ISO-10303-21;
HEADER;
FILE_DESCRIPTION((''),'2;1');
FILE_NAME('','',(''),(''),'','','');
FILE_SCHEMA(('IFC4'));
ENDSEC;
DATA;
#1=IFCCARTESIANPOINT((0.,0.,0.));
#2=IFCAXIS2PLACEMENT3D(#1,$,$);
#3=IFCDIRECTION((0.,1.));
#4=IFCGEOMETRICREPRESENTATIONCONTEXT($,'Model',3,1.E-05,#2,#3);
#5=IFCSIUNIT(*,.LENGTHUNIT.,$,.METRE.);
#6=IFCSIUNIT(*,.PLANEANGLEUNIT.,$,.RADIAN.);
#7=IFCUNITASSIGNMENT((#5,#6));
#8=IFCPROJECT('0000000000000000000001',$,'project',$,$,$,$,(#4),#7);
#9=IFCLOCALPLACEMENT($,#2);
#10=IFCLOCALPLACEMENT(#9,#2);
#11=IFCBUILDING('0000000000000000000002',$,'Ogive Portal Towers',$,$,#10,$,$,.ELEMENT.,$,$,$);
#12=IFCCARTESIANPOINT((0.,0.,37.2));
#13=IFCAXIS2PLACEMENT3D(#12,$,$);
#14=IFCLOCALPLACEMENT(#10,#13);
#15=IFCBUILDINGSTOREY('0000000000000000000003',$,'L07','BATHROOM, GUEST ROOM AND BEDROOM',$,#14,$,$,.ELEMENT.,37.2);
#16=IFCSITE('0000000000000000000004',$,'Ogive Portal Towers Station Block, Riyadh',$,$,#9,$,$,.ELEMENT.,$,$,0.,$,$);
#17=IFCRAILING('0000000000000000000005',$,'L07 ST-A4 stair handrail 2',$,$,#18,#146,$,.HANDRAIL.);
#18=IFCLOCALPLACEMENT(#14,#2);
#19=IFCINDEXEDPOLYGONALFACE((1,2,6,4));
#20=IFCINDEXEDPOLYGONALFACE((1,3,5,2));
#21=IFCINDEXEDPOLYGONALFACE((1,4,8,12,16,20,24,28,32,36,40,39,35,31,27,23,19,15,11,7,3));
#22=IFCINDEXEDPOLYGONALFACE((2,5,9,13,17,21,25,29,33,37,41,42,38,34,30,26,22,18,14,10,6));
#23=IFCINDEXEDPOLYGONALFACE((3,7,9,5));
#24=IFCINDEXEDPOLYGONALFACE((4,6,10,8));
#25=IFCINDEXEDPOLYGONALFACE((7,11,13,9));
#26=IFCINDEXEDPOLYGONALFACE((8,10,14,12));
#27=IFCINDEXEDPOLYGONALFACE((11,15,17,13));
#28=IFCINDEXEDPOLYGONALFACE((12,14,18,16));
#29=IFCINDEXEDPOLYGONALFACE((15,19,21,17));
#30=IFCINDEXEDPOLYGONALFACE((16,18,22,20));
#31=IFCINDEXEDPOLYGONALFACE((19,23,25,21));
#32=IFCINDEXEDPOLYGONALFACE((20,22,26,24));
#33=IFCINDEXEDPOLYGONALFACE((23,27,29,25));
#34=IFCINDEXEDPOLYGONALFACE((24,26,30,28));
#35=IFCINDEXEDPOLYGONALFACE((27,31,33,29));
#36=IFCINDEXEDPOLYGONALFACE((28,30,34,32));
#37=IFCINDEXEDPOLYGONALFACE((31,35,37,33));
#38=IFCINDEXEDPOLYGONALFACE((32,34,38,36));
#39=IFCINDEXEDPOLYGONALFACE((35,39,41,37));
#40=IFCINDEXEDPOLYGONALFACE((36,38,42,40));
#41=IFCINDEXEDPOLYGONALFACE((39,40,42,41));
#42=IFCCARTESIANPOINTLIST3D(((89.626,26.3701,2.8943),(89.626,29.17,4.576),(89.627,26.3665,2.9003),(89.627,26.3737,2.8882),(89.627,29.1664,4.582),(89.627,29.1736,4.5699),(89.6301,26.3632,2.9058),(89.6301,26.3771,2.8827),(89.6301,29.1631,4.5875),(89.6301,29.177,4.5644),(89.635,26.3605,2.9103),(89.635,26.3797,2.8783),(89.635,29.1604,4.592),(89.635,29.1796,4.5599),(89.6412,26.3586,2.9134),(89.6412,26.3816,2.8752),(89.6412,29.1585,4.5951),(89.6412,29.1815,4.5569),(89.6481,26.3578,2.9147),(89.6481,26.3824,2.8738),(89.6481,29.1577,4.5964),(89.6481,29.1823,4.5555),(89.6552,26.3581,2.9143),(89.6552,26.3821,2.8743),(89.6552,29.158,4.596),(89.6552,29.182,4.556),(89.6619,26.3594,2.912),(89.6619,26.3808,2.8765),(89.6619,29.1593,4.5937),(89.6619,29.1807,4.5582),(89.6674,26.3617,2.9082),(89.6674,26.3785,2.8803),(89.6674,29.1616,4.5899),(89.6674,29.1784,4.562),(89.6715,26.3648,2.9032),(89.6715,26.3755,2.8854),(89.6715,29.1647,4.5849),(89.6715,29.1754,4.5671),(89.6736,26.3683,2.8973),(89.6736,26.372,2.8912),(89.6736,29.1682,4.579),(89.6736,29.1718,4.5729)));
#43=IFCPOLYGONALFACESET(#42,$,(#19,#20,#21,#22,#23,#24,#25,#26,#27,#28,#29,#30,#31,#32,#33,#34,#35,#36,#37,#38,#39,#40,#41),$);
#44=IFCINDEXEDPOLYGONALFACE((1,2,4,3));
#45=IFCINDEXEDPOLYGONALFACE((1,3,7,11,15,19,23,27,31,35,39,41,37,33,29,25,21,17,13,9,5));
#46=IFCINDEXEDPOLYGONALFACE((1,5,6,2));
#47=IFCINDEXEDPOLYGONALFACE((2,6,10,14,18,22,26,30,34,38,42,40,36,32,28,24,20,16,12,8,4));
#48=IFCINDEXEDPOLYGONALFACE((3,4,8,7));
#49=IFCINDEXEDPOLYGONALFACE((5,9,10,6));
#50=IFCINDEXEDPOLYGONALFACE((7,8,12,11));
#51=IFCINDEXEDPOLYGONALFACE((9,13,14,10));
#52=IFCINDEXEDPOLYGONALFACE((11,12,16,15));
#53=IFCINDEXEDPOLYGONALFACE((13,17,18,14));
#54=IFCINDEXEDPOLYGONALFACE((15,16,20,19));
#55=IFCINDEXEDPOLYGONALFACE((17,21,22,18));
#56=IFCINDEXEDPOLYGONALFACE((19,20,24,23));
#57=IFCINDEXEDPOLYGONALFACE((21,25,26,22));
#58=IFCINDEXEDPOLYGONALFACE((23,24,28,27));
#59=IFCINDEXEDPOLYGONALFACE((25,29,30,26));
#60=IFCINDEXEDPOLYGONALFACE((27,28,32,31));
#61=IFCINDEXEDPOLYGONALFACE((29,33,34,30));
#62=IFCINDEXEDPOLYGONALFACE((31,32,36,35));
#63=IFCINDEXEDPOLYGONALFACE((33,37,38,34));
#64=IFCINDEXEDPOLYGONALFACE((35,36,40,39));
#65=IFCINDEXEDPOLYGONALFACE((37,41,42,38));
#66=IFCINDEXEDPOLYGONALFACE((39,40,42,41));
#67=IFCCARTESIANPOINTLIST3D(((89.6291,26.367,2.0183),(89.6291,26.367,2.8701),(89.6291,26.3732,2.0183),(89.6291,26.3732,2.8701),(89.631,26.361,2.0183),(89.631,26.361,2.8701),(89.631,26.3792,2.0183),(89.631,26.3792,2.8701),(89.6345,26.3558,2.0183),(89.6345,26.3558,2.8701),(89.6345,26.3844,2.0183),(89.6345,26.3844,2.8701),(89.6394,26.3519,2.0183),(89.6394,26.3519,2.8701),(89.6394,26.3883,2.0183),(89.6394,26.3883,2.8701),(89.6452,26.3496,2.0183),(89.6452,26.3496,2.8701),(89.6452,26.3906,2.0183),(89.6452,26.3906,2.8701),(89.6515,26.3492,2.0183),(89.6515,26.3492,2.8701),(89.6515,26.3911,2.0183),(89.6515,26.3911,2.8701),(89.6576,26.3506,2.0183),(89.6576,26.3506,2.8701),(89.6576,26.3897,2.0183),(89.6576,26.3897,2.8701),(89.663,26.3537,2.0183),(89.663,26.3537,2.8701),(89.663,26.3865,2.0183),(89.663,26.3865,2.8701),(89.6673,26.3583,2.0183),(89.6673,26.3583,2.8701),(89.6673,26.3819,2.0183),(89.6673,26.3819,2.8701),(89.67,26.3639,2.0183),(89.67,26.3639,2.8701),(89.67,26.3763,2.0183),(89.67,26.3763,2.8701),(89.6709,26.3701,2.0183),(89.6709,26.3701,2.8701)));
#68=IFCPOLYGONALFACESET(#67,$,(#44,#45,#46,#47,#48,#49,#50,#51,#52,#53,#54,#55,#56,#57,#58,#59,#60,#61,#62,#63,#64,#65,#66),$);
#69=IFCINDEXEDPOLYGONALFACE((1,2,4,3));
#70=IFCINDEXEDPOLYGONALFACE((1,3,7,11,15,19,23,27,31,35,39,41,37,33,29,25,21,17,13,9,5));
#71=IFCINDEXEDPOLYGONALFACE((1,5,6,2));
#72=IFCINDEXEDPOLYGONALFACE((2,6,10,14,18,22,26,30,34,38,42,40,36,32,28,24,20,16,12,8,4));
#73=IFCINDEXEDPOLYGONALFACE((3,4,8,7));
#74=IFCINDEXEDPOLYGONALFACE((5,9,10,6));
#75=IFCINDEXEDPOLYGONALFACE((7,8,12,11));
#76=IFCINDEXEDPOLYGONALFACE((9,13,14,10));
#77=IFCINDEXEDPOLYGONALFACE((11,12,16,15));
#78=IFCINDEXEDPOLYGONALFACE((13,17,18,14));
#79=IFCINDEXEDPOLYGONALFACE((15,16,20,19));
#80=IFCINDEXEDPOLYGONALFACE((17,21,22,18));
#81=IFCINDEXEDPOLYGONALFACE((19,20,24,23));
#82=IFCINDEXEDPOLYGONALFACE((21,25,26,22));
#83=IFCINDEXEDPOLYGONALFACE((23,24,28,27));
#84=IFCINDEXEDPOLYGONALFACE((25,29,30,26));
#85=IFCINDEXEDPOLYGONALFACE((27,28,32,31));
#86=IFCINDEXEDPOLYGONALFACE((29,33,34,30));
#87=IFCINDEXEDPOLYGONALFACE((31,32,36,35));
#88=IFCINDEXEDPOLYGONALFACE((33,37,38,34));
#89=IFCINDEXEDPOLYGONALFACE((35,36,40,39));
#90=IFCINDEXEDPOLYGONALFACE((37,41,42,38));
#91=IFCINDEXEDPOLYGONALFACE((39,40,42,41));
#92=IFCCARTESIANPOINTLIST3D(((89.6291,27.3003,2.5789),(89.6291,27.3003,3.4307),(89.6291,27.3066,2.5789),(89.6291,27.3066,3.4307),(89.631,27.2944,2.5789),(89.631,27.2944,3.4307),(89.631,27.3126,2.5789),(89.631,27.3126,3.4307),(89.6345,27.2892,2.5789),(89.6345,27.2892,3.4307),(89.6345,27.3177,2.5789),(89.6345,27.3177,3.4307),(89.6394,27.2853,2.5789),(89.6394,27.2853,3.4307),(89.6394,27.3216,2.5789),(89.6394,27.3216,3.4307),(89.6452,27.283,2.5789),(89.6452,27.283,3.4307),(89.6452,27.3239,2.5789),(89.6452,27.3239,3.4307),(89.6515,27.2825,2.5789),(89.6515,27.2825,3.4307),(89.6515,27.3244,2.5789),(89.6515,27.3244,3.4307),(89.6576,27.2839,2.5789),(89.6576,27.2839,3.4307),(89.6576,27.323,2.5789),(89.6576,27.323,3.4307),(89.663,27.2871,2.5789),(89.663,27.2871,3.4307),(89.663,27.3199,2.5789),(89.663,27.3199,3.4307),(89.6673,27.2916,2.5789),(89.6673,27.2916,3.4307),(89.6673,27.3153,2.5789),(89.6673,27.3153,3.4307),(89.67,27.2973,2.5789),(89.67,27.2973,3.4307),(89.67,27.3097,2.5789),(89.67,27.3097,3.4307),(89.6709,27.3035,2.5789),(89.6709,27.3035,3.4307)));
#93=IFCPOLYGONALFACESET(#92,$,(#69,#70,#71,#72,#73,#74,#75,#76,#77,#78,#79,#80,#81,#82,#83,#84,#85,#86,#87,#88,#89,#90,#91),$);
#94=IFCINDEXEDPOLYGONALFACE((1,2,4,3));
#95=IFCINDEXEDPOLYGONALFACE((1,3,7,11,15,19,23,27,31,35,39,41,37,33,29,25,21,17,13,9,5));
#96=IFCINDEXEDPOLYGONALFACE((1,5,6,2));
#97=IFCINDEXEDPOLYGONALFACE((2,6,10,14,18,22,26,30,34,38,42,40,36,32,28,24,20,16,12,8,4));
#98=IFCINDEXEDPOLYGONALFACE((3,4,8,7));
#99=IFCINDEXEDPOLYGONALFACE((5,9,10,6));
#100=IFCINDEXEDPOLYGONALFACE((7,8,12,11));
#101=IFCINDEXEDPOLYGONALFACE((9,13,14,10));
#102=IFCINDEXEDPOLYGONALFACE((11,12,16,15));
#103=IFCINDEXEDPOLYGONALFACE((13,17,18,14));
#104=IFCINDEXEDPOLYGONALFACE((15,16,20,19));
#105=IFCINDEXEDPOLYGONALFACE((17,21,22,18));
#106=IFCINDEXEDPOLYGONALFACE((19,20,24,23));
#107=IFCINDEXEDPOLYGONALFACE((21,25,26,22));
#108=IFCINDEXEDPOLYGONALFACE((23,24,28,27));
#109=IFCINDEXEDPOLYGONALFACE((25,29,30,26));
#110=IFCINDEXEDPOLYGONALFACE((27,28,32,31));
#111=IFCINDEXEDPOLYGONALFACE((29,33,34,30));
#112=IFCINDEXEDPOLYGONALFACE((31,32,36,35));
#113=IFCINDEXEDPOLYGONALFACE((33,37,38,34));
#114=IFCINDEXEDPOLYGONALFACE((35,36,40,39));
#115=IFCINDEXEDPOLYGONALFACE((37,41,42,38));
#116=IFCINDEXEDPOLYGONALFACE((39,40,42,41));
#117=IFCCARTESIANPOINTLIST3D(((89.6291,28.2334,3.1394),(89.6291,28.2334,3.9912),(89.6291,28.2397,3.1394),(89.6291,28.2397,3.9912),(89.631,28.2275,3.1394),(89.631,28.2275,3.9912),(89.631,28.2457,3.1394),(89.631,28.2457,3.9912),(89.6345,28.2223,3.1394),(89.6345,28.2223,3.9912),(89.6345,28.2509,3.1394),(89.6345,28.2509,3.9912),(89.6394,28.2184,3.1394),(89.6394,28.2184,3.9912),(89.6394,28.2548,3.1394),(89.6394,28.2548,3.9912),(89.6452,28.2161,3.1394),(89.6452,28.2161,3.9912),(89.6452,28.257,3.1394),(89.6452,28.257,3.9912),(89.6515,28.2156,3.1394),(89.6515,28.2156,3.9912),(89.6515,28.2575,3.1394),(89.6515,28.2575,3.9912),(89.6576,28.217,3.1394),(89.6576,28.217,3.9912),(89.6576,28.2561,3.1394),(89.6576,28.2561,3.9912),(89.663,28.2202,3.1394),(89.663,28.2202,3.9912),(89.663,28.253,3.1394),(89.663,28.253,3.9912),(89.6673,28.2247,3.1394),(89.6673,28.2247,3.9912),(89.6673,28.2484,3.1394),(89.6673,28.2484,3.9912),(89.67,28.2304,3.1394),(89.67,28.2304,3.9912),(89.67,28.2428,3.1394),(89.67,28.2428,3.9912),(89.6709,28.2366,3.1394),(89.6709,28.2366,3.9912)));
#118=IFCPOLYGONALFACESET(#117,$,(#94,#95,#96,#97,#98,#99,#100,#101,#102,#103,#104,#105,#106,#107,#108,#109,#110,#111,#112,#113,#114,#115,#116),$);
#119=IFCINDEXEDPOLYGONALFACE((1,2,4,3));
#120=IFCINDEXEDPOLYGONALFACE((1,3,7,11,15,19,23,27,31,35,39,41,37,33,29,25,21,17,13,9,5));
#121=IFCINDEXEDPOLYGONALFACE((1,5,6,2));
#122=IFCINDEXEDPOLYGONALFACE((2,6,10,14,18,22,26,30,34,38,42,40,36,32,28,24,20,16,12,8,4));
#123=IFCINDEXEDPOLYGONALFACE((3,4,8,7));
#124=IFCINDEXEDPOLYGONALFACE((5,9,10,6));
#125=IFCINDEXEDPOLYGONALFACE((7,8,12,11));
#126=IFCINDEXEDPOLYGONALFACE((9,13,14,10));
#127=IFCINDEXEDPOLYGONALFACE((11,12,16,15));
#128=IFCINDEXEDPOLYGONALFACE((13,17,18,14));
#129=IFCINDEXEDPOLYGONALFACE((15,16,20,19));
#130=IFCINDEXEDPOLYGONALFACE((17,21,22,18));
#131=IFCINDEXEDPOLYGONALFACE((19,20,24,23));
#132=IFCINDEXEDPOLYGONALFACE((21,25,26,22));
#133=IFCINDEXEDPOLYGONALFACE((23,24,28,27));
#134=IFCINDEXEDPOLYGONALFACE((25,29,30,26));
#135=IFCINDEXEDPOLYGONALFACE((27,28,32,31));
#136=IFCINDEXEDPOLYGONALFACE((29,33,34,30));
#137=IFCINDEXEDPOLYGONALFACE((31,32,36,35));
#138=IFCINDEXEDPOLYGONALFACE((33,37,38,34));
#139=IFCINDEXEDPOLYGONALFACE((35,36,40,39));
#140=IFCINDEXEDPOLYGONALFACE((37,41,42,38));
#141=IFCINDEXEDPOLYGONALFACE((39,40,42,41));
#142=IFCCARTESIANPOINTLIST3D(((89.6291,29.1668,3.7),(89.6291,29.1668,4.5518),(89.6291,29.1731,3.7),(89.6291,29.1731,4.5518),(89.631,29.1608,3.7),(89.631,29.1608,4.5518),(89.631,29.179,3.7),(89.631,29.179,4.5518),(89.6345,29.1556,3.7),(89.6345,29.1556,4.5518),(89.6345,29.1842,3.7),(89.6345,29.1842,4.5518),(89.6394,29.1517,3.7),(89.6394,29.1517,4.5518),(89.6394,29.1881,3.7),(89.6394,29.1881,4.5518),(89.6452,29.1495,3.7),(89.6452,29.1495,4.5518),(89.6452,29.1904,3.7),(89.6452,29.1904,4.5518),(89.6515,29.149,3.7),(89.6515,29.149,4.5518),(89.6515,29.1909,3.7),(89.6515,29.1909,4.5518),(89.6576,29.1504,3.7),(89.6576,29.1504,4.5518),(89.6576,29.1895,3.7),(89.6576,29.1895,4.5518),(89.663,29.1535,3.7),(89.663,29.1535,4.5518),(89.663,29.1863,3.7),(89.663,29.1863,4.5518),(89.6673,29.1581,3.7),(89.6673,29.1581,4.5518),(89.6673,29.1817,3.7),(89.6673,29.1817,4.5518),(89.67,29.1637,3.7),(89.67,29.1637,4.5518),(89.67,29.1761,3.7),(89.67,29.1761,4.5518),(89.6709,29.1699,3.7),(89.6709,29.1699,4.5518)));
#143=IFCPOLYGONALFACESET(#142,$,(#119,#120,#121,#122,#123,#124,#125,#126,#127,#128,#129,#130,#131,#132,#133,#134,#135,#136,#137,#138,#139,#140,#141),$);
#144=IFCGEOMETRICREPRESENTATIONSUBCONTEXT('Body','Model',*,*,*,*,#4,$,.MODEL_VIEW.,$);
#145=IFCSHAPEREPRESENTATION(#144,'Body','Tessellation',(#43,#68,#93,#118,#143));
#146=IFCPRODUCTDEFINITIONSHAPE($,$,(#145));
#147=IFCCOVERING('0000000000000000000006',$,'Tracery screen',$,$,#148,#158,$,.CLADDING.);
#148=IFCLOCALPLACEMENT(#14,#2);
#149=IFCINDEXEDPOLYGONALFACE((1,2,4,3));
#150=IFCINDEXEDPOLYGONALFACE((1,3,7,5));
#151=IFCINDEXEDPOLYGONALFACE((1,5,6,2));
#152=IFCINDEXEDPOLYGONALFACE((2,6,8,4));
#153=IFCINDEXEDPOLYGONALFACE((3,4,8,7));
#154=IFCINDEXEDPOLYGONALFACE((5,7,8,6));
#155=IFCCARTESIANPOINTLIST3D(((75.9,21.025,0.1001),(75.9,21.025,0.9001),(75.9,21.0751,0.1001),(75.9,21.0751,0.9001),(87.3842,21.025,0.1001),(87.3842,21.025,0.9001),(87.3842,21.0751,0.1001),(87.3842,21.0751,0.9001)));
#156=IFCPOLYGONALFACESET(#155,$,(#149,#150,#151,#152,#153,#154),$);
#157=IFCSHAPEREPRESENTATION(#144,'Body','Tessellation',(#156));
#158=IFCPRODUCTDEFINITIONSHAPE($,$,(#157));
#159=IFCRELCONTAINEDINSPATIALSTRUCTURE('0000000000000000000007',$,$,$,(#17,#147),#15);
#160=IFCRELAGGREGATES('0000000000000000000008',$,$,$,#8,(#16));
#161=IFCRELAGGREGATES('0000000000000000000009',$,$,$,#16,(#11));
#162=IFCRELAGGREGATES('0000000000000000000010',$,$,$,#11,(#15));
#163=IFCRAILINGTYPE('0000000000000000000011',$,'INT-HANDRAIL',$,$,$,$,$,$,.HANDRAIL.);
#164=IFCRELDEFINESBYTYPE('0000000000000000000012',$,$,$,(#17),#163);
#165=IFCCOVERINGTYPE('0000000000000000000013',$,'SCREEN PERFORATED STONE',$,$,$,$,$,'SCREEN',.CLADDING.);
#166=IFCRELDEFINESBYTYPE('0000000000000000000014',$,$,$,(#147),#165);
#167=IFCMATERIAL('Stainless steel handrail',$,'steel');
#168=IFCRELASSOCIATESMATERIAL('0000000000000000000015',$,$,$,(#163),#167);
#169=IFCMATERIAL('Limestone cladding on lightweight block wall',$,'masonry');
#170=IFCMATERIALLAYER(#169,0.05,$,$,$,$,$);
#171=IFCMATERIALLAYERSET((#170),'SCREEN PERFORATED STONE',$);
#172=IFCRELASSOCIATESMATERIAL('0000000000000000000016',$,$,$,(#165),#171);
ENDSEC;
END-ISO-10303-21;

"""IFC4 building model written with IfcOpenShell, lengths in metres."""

from ifc_helpers import new_model, si_unit, direction, frame, origin, origin_2d, place, context, subcontext, project, spatial, rectangle, circle, extrude, material, layer, layer_set, type_object, element, save


model = new_model("IFC4")

# Units and contexts
model_context = context("Model", 3, precision=1e-05, world=origin(), true_north=direction((0.0, 1.0)))
body_context = subcontext(model_context, "Body", "Model", "MODEL_VIEW")
ifc_project = project(units=[si_unit("LENGTHUNIT", "METRE"), si_unit("PLANEANGLEUNIT", "RADIAN")], contexts=[model_context])

# Site, building, storey
site_placement = place(None, origin())
site = spatial("IfcSite", under=ifc_project, at=site_placement, Name="Ogive Portal Towers Station Block, Riyadh", CompositionType="ELEMENT", RefElevation=0.0)
building_placement = place(site_placement, origin())
building = spatial("IfcBuilding", under=site, at=building_placement, Name="Ogive Portal Towers", CompositionType="ELEMENT")
storey_placement = place(building_placement, frame((0.0, 0.0, 37.2)))
storey = spatial("IfcBuildingStorey", under=building, at=storey_placement, Name="L07", Description="BATHROOM, GUEST ROOM AND BEDROOM", CompositionType="ELEMENT", Elevation=37.2)

# Shared definitions
ifc_material_1 = material(Name="Limestone cladding on lightweight block wall", Category="masonry")

# Railing
ifc_material_2 = material(Name="Stainless steel handrail", Category="steel")
railing_type_1 = type_object("IfcRailingType", Name="INT-HANDRAIL", PredefinedType="HANDRAIL", material=ifc_material_2)
railing_1_placement = place(storey_placement, frame((89.6499, 26.3701, 2.0183)))
element("IfcRailing", 1, at=railing_1_placement, inside=storey, type_object=railing_type_1, Name="L07 ST-A4 stair handrail 2", PredefinedType="HANDRAIL", context=body_context, shape_type="SweptSolid", body=[
    extrude(circle(Radius=0.0239, at=origin_2d()), frame((0.0, 0.0, 0.876), z_axis=(0.0, 0.857255, 0.514891), x_axis=(-1.0, 0.0, 0.0)), (0.0, 0.0, 1.0), 3.2661),
    extrude(circle(Radius=0.021, at=origin_2d()), origin(), (0.0, 0.0, 1.0), 0.8518),
    extrude(circle(Radius=0.021, at=origin_2d()), frame((0.0, 0.9333, 0.5605)), (0.0, 0.0, 1.0), 0.8518),
    extrude(circle(Radius=0.021, at=origin_2d()), frame((0.0, 1.8665, 1.1211)), (0.0, 0.0, 1.0), 0.8518),
    extrude(circle(Radius=0.021, at=origin_2d()), frame((0.0, 2.7998, 1.6816)), (0.0, 0.0, 1.0), 0.8518),
])

# Covering
ifc_layer_1 = layer(ifc_material_1, 0.05)
ifc_layer_set_1 = layer_set([ifc_layer_1], Name="SCREEN PERFORATED STONE")
covering_type = type_object("IfcCoveringType", Name="SCREEN PERFORATED STONE", ElementType="SCREEN", PredefinedType="CLADDING", material=ifc_layer_set_1)
covering_placement = place(storey_placement, frame((81.6421, 21.05, 0.1001), z_axis=(0.0, 0.0, 1.0), x_axis=(1.0, 0.0, 0.0)))
element("IfcCovering", 2, at=covering_placement, inside=storey, type_object=covering_type, Name="Tracery screen", PredefinedType="CLADDING", context=body_context, shape_type="SweptSolid", body=[
    extrude(rectangle(XDim=11.4841, YDim=0.05, at=origin_2d()), origin(), (0.0, 0.0, 1.0), 0.8),
])

save(model, "model.ifc")
